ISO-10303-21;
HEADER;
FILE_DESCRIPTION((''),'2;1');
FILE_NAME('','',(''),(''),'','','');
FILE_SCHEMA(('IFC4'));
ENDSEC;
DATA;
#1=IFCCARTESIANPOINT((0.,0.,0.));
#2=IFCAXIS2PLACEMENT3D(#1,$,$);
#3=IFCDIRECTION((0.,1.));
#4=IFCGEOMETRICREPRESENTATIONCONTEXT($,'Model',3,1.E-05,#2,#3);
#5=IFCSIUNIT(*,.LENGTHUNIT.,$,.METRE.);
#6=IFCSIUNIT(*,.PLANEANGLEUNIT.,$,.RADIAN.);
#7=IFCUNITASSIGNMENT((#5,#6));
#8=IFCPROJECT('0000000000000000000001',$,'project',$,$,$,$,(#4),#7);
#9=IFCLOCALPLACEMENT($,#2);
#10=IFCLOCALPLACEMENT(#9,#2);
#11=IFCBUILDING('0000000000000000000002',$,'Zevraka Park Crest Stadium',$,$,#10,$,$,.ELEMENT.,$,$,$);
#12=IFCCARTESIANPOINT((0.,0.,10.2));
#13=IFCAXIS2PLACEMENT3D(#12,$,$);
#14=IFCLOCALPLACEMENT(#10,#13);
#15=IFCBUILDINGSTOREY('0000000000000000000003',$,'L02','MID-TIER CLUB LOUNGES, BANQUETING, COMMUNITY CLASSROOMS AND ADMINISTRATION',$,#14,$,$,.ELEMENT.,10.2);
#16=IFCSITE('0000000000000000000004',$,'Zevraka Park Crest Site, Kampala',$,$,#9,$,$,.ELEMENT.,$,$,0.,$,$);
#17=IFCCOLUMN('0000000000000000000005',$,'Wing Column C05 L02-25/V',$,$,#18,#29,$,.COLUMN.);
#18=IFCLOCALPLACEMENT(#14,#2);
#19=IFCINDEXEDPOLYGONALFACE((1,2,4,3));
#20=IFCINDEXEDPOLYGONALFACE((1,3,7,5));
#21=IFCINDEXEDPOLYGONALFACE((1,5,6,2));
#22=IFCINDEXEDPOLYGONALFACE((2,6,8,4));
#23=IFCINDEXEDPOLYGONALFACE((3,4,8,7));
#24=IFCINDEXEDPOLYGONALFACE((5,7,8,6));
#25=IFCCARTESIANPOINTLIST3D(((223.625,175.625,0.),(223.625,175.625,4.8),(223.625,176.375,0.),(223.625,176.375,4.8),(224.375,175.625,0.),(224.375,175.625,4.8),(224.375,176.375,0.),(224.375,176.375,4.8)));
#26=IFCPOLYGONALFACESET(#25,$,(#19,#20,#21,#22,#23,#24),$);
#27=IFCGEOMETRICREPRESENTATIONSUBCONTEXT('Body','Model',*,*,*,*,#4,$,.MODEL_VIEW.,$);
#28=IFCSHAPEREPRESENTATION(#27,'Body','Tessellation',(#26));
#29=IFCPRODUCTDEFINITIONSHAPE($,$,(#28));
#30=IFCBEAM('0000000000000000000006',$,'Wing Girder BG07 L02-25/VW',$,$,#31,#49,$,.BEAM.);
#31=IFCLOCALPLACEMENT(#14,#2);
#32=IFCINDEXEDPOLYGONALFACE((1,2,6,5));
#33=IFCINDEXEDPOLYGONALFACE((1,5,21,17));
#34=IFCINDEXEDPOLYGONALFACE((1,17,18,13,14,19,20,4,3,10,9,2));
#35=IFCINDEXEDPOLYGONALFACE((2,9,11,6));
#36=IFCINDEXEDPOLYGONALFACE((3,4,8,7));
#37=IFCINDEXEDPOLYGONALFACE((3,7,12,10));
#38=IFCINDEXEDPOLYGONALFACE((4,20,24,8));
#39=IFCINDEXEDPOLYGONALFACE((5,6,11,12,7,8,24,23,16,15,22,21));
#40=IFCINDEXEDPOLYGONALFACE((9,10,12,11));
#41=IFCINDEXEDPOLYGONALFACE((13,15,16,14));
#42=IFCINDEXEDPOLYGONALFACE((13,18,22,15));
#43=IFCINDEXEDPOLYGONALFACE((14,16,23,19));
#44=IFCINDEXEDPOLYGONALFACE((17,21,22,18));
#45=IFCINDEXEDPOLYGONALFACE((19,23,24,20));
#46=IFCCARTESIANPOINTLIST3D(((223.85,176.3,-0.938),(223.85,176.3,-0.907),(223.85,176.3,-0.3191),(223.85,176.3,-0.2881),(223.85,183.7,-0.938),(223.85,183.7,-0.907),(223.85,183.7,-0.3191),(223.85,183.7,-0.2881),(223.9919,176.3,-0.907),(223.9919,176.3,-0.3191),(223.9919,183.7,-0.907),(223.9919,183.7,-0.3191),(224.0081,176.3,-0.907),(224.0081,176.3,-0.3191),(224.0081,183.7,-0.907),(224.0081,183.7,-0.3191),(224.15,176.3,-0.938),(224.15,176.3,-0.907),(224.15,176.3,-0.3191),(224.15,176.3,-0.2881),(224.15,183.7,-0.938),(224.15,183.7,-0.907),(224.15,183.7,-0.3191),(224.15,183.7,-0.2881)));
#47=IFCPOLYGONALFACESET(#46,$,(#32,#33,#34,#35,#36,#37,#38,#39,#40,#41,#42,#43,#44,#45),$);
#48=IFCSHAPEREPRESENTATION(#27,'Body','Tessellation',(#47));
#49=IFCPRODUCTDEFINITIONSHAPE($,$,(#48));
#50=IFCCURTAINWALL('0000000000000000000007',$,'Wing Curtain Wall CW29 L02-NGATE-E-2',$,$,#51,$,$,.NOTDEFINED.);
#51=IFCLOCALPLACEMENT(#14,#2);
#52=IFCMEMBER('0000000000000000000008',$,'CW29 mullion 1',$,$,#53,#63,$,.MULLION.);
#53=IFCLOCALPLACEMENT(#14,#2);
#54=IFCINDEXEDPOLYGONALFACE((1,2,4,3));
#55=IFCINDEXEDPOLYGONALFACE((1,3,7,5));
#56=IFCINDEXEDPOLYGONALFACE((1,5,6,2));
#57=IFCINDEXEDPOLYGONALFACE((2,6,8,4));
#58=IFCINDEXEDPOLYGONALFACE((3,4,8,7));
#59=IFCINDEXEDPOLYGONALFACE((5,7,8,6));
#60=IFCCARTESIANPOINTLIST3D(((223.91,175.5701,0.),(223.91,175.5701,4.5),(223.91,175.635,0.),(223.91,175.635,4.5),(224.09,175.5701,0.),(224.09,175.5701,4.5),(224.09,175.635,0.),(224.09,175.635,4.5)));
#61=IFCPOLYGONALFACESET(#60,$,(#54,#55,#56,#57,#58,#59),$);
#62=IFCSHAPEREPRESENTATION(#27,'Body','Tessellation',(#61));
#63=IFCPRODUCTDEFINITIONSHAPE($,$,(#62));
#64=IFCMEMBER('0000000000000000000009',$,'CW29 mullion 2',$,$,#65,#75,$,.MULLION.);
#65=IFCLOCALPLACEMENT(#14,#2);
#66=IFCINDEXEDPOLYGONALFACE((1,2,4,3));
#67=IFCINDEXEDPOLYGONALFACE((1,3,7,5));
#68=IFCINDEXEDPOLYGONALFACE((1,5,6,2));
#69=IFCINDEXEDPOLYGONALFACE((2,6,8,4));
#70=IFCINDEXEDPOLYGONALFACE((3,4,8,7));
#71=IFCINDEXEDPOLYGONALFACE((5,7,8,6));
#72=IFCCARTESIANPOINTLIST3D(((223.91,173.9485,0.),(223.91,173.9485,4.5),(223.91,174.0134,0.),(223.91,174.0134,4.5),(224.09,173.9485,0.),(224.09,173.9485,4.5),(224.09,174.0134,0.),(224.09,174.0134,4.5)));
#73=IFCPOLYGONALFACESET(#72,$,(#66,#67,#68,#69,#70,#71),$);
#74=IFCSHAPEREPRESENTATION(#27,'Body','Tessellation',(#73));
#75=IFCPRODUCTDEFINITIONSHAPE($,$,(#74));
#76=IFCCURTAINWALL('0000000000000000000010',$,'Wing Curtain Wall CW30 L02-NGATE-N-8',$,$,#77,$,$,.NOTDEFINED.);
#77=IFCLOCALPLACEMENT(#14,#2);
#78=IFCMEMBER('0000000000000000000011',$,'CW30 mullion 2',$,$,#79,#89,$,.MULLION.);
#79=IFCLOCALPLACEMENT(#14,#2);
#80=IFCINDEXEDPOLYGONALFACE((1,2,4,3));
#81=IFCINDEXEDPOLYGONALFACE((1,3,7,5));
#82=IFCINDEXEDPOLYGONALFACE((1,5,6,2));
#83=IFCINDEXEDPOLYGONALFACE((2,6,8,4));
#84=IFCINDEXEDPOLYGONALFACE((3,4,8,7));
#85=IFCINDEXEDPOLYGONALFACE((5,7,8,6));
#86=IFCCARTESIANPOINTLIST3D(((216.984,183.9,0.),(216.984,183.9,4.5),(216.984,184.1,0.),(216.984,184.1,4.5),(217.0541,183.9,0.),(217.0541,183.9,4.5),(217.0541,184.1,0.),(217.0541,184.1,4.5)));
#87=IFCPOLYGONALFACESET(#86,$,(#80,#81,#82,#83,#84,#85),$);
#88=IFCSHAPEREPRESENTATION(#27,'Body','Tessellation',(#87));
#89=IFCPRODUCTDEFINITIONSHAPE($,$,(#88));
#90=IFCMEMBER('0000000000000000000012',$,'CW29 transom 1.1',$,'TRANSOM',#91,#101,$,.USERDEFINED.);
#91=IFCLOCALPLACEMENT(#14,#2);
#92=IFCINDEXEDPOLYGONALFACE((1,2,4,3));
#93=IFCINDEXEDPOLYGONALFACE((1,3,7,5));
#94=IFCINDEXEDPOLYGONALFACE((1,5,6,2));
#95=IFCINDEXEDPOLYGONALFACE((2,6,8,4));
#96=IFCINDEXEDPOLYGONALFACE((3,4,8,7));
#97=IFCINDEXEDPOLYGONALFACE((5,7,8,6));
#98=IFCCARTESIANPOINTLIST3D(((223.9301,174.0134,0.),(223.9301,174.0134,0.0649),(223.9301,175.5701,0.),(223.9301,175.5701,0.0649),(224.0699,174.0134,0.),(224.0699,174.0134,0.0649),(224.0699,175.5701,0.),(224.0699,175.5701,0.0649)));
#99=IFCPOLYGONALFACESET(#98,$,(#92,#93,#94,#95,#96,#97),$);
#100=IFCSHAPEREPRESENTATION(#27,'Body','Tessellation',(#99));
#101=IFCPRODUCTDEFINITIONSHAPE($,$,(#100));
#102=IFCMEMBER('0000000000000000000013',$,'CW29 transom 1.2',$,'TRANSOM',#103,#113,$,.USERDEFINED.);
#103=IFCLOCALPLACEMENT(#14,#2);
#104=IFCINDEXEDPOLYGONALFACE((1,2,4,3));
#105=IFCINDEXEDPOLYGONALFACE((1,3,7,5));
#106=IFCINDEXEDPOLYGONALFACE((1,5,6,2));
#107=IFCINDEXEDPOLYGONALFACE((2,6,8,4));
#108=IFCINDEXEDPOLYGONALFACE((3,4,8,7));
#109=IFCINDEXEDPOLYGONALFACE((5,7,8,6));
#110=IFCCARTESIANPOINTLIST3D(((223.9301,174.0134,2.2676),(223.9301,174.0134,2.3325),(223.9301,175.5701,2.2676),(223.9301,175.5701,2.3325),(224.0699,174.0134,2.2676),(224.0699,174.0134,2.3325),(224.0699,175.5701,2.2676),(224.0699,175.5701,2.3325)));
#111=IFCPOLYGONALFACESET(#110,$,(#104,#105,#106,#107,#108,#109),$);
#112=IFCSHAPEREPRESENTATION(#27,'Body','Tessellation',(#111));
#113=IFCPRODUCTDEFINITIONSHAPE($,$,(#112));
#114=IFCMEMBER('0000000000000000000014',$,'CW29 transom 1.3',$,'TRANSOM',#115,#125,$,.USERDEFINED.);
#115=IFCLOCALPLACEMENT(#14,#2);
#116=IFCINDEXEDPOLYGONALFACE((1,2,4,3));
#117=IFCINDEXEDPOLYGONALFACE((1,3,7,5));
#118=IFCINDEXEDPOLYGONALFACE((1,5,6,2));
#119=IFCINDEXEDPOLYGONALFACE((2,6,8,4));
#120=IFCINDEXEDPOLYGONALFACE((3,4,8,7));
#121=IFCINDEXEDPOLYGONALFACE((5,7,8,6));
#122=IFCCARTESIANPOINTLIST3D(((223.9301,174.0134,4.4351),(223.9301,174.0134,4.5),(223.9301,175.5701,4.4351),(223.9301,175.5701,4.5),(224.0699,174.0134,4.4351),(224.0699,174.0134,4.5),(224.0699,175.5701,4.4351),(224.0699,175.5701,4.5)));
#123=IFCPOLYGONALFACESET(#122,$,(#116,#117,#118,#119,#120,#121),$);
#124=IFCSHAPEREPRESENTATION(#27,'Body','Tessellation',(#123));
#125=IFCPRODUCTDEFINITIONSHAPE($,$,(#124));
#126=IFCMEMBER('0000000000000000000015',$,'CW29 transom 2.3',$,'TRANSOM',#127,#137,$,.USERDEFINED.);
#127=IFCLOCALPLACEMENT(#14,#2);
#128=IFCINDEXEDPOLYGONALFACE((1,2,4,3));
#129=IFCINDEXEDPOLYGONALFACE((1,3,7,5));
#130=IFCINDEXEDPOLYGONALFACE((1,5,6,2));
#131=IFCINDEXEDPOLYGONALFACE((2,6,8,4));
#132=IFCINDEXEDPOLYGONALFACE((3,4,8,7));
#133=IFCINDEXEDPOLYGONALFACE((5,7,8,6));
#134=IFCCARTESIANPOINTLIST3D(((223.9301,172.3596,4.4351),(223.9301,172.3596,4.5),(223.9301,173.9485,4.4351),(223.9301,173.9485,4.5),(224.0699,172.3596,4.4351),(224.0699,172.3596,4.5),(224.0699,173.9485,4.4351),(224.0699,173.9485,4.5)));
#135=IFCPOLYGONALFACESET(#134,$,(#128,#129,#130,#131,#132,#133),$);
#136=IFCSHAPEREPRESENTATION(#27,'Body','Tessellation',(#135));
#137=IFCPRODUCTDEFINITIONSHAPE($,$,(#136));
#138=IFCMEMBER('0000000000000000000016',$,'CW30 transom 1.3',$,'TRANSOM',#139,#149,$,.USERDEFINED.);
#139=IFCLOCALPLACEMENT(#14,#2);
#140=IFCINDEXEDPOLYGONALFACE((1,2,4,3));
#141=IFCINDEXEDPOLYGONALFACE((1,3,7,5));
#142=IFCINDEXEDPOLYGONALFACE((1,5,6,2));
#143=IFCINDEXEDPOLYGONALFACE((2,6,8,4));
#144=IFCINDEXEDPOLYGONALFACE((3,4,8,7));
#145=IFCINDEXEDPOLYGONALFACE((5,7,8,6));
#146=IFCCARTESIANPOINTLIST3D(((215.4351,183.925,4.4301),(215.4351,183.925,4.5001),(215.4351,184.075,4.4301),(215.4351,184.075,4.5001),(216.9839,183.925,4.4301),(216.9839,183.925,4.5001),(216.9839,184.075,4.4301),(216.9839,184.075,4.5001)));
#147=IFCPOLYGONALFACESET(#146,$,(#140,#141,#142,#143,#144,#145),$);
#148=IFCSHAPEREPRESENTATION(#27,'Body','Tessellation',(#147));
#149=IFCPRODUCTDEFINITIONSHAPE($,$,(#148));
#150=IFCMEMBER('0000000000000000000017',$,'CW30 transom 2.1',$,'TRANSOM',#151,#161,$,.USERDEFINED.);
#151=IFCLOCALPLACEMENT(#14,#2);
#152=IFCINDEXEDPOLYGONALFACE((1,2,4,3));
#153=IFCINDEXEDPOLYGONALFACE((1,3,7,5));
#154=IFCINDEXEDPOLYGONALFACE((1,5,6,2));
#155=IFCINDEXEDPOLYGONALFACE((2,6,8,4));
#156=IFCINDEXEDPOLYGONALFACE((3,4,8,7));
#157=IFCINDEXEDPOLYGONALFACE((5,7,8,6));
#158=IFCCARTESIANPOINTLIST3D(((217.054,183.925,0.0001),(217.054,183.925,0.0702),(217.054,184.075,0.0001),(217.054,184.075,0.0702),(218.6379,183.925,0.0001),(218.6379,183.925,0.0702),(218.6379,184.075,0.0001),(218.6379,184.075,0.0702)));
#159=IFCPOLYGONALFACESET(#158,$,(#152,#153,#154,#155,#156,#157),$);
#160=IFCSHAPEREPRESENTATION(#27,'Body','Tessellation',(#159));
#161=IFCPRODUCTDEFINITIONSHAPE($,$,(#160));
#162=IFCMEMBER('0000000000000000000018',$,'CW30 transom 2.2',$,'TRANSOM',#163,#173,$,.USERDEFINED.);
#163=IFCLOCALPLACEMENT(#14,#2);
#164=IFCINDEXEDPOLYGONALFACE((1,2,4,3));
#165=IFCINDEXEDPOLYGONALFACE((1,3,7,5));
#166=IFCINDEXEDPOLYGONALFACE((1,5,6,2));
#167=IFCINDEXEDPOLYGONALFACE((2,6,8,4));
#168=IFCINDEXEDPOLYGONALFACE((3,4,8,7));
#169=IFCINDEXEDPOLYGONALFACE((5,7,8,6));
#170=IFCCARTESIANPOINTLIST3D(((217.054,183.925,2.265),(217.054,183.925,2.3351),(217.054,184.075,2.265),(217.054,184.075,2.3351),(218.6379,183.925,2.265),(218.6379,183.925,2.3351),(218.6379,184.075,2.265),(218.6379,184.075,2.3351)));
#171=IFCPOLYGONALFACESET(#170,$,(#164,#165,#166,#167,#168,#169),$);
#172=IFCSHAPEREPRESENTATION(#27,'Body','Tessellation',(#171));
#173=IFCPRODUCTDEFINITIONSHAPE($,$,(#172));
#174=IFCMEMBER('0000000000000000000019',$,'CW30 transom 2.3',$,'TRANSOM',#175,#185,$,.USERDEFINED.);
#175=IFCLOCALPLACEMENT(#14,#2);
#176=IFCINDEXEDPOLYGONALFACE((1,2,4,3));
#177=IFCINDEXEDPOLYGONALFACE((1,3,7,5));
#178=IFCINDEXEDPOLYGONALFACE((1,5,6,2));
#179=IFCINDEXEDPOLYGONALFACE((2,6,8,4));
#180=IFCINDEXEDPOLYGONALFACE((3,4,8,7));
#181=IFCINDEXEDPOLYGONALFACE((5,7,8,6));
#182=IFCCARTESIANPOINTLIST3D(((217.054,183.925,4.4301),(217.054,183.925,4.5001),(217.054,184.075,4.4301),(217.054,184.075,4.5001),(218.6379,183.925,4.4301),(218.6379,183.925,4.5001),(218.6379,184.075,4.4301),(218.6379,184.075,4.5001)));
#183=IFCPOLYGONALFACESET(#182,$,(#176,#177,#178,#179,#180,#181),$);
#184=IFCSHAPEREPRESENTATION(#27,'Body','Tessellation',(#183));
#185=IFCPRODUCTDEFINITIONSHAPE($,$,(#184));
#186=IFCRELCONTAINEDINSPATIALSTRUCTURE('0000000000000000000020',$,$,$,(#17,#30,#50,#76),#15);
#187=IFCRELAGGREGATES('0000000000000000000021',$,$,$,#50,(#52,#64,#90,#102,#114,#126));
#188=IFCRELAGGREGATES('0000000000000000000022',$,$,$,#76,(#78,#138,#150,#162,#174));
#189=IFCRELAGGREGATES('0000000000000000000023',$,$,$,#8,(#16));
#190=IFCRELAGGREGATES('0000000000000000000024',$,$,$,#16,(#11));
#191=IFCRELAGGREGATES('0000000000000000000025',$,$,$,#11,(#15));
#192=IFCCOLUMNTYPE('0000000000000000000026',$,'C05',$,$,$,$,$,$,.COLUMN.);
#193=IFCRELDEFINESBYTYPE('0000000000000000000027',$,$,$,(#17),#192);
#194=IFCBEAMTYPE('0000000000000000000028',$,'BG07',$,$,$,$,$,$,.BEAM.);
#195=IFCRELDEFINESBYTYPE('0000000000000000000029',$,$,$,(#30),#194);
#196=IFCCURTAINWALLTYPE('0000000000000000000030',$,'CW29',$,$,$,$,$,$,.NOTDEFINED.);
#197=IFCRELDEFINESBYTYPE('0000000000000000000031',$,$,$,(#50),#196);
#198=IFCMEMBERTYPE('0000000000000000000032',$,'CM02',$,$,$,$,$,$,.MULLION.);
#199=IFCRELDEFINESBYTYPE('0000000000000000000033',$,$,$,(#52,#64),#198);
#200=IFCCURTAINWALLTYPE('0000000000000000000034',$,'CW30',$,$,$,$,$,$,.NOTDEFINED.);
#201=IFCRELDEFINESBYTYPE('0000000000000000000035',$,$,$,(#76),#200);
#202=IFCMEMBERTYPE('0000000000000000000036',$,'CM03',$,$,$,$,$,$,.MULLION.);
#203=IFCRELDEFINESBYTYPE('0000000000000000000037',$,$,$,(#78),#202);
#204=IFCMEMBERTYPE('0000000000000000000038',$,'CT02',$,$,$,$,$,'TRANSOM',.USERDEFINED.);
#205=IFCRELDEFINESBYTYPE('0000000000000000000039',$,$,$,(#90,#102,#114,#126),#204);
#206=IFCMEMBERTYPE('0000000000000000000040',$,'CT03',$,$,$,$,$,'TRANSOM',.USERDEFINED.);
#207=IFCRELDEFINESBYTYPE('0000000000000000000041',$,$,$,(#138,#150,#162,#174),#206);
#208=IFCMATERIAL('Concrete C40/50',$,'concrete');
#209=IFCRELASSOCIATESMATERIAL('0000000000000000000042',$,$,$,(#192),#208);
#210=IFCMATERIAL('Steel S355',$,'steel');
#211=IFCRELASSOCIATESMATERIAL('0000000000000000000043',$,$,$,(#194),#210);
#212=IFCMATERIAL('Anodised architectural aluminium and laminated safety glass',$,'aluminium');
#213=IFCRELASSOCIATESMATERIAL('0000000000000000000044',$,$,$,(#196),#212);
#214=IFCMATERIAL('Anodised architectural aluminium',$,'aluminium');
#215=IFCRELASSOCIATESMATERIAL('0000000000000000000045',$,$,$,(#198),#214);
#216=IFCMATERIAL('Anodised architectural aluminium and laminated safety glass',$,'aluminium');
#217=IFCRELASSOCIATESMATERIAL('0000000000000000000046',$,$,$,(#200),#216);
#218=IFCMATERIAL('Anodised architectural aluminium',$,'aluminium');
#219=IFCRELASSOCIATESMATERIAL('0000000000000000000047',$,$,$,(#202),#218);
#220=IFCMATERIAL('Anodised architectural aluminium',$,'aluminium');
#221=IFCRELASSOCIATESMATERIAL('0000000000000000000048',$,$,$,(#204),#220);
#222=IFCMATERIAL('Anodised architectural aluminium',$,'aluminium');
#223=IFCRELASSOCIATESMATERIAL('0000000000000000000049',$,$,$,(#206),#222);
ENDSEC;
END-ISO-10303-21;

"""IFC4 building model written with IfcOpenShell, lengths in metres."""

from ifc_helpers import new_model, si_unit, direction, frame, origin, origin_2d, place, context, subcontext, project, spatial, rectangle, i_section, extrude, material, material_profile, profile_set, type_object, element, aggregate, save


model = new_model("IFC4")

# Units and contexts
model_context = context("Model", 3, precision=1e-05, world=origin(), true_north=direction((0.0, 1.0)))
body_context = subcontext(model_context, "Body", "Model", "MODEL_VIEW")
ifc_project = project(units=[si_unit("LENGTHUNIT", "METRE"), si_unit("PLANEANGLEUNIT", "RADIAN")], contexts=[model_context])

# Site, building, storey
site_placement = place(None, origin())
site = spatial("IfcSite", under=ifc_project, at=site_placement, Name="Zevraka Park Crest Site, Kampala", CompositionType="ELEMENT", RefElevation=0.0)
building_placement = place(site_placement, origin())
building = spatial("IfcBuilding", under=site, at=building_placement, Name="Zevraka Park Crest Stadium", CompositionType="ELEMENT")
storey_placement = place(building_placement, frame((0.0, 0.0, 10.2)))
storey = spatial("IfcBuildingStorey", under=building, at=storey_placement, Name="L02", Description="MID-TIER CLUB LOUNGES, BANQUETING, COMMUNITY CLASSROOMS AND ADMINISTRATION", CompositionType="ELEMENT", Elevation=10.2)

# Column
ifc_material_1 = material(Name="Concrete C40/50", Category="concrete")
ifc_material_profile_1 = material_profile(ifc_material_1, rectangle(XDim=0.75, YDim=0.75, at=origin_2d()), Name="RC 750x750")
ifc_profile_set_1 = profile_set([ifc_material_profile_1], Name="Concrete C40/50")
column_type = type_object("IfcColumnType", Name="C05", PredefinedType="COLUMN", material=ifc_profile_set_1)
column_placement = place(storey_placement, frame((224.0, 176.0, 0.0), z_axis=(0.0, 0.0, 1.0), x_axis=(1.0, 0.0, 0.0)))
element("IfcColumn", 1, at=column_placement, inside=storey, type_object=column_type, Name="Wing Column C05 L02-25/V", PredefinedType="COLUMN", context=body_context, shape_type="SweptSolid", body=[
    extrude(rectangle(XDim=0.75, YDim=0.75, at=origin_2d()), origin(), (0.0, 0.0, 1.0), 4.8),
])

# Beam
ifc_material_2 = material(Name="Steel S355", Category="steel")
ifc_material_profile_2 = material_profile(ifc_material_2, i_section(OverallWidth=0.3, OverallDepth=0.6499, WebThickness=0.0161, FlangeThickness=0.031, at=origin_2d()), Name="HEB 650")
ifc_profile_set_2 = profile_set([ifc_material_profile_2], Name="Steel S355")
beam_type = type_object("IfcBeamType", Name="BG07", PredefinedType="BEAM", material=ifc_profile_set_2)
beam_placement = place(storey_placement, frame((224.0, 176.3, -0.613), z_axis=(0.0, 1.0, 0.0), x_axis=(-1.0, 0.0, 0.0)))
element("IfcBeam", 2, at=beam_placement, inside=storey, type_object=beam_type, Name="Wing Girder BG07 L02-25/VW", PredefinedType="BEAM", context=body_context, shape_type="SweptSolid", body=[
    extrude(i_section(OverallWidth=0.3, OverallDepth=0.6499, WebThickness=0.0161, FlangeThickness=0.031, at=origin_2d()), origin(), (0.0, 0.0, 1.0), 7.3999),
])

# Curtain wall, members
ifc_material_3 = material(Name="Anodised architectural aluminium and laminated safety glass", Category="aluminium")
curtain_wall_type_1 = type_object("IfcCurtainWallType", Name="CW29", PredefinedType="NOTDEFINED", material=ifc_material_3)
curtain_wall_1_placement = place(storey_placement, origin())
curtain_wall_1 = element("IfcCurtainWall", 3, at=curtain_wall_1_placement, inside=storey, type_object=curtain_wall_type_1, Name="Wing Curtain Wall CW29 L02-NGATE-E-2", PredefinedType="NOTDEFINED")
ifc_material_4 = material(Name="Anodised architectural aluminium", Category="aluminium")
ifc_material_profile_3 = material_profile(ifc_material_4, rectangle(XDim=0.1799, YDim=0.0649, at=origin_2d()), Name="ALU MULLION 180x65")
ifc_profile_set_3 = profile_set([ifc_material_profile_3], Name="Anodised architectural aluminium")
member_type_1 = type_object("IfcMemberType", Name="CM02", PredefinedType="MULLION", material=ifc_profile_set_3)
member_1_placement = place(storey_placement, frame((224.0, 175.6025, 0.0), z_axis=(0.0, 0.0, 1.0), x_axis=(1.0, 0.0, 0.0)))
member_1 = element("IfcMember", 4, at=member_1_placement, type_object=member_type_1, Name="CW29 mullion 1", PredefinedType="MULLION", context=body_context, shape_type="SweptSolid", body=[
    extrude(rectangle(XDim=0.1799, YDim=0.0649, at=origin_2d()), origin(), (0.0, 0.0, 1.0), 4.5),
])
member_2_placement = place(storey_placement, frame((224.0, 173.981, 0.0), z_axis=(0.0, 0.0, 1.0), x_axis=(1.0, 0.0, 0.0)))
member_2 = element("IfcMember", 5, at=member_2_placement, type_object=member_type_1, Name="CW29 mullion 2", PredefinedType="MULLION", context=body_context, shape_type="SweptSolid", body=[
    extrude(rectangle(XDim=0.1799, YDim=0.0649, at=origin_2d()), origin(), (0.0, 0.0, 1.0), 4.5),
])

# Curtain wall, member
ifc_material_5 = material(Name="Anodised architectural aluminium and laminated safety glass", Category="aluminium")
curtain_wall_type_2 = type_object("IfcCurtainWallType", Name="CW30", PredefinedType="NOTDEFINED", material=ifc_material_5)
curtain_wall_2_placement = place(storey_placement, origin())
curtain_wall_2 = element("IfcCurtainWall", 6, at=curtain_wall_2_placement, inside=storey, type_object=curtain_wall_type_2, Name="Wing Curtain Wall CW30 L02-NGATE-N-8", PredefinedType="NOTDEFINED")
ifc_material_6 = material(Name="Anodised architectural aluminium", Category="aluminium")
ifc_material_profile_4 = material_profile(ifc_material_6, rectangle(XDim=0.2, YDim=0.0701, at=origin_2d()), Name="ALU MULLION 200x70")
ifc_profile_set_4 = profile_set([ifc_material_profile_4], Name="Anodised architectural aluminium")
member_type_2 = type_object("IfcMemberType", Name="CM03", PredefinedType="MULLION", material=ifc_profile_set_4)
member_3_placement = place(storey_placement, frame((217.019, 184.0, 0.0), z_axis=(0.0, 0.0, 1.0), x_axis=(0.0, 1.0, 0.0)))
member_3 = element("IfcMember", 7, at=member_3_placement, type_object=member_type_2, Name="CW30 mullion 2", PredefinedType="MULLION", context=body_context, shape_type="SweptSolid", body=[
    extrude(rectangle(XDim=0.2, YDim=0.0701, at=origin_2d()), origin(), (0.0, 0.0, 1.0), 4.5),
])

# Members
ifc_material_7 = material(Name="Anodised architectural aluminium", Category="aluminium")
ifc_material_profile_5 = material_profile(ifc_material_7, rectangle(XDim=0.1399, YDim=0.0649, at=origin_2d()), Name="ALU TRANSOM 140x65")
ifc_profile_set_5 = profile_set([ifc_material_profile_5], Name="Anodised architectural aluminium")
member_type_3 = type_object("IfcMemberType", Name="CT02", ElementType="TRANSOM", PredefinedType="USERDEFINED", material=ifc_profile_set_5)
member_4_placement = place(storey_placement, frame((224.0, 175.5701, 0.0325), z_axis=(0.0, -1.0, 0.0), x_axis=(1.0, 0.0, 0.0)))
member_4 = element("IfcMember", 8, at=member_4_placement, type_object=member_type_3, Name="CW29 transom 1.1", ObjectType="TRANSOM", PredefinedType="USERDEFINED", context=body_context, shape_type="SweptSolid", body=[
    extrude(rectangle(XDim=0.1399, YDim=0.0649, at=origin_2d()), origin(), (0.0, 0.0, 1.0), 1.5566),
])
member_5_placement = place(storey_placement, frame((224.0, 175.5701, 2.3), z_axis=(0.0, -1.0, 0.0), x_axis=(1.0, 0.0, 0.0)))
member_5 = element("IfcMember", 9, at=member_5_placement, type_object=member_type_3, Name="CW29 transom 1.2", ObjectType="TRANSOM", PredefinedType="USERDEFINED", context=body_context, shape_type="SweptSolid", body=[
    extrude(rectangle(XDim=0.1399, YDim=0.0649, at=origin_2d()), origin(), (0.0, 0.0, 1.0), 1.5566),
])
member_6_placement = place(storey_placement, frame((224.0, 175.5701, 4.4675), z_axis=(0.0, -1.0, 0.0), x_axis=(1.0, 0.0, 0.0)))
member_6 = element("IfcMember", 10, at=member_6_placement, type_object=member_type_3, Name="CW29 transom 1.3", ObjectType="TRANSOM", PredefinedType="USERDEFINED", context=body_context, shape_type="SweptSolid", body=[
    extrude(rectangle(XDim=0.1399, YDim=0.0649, at=origin_2d()), origin(), (0.0, 0.0, 1.0), 1.5566),
])
member_7_placement = place(storey_placement, frame((224.0, 173.9485, 4.4675), z_axis=(0.0, -1.0, 0.0), x_axis=(1.0, 0.0, 0.0)))
member_7 = element("IfcMember", 11, at=member_7_placement, type_object=member_type_3, Name="CW29 transom 2.3", ObjectType="TRANSOM", PredefinedType="USERDEFINED", context=body_context, shape_type="SweptSolid", body=[
    extrude(rectangle(XDim=0.1399, YDim=0.0649, at=origin_2d()), origin(), (0.0, 0.0, 1.0), 1.5889),
])
ifc_material_8 = material(Name="Anodised architectural aluminium", Category="aluminium")
ifc_material_profile_6 = material_profile(ifc_material_8, rectangle(XDim=0.1499, YDim=0.0701, at=origin_2d()), Name="ALU TRANSOM 150x70")
ifc_profile_set_6 = profile_set([ifc_material_profile_6], Name="Anodised architectural aluminium")
member_type_4 = type_object("IfcMemberType", Name="CT03", ElementType="TRANSOM", PredefinedType="USERDEFINED", material=ifc_profile_set_6)
member_8_placement = place(storey_placement, frame((215.4351, 184.0, 4.4651), z_axis=(1.0, 0.0, 0.0), x_axis=(0.0, 1.0, 0.0)))
member_8 = element("IfcMember", 12, at=member_8_placement, type_object=member_type_4, Name="CW30 transom 1.3", ObjectType="TRANSOM", PredefinedType="USERDEFINED", context=body_context, shape_type="SweptSolid", body=[
    extrude(rectangle(XDim=0.1499, YDim=0.0701, at=origin_2d()), origin(), (0.0, 0.0, 1.0), 1.5488),
])
member_9_placement = place(storey_placement, frame((217.054, 184.0, 0.0352), z_axis=(1.0, 0.0, 0.0), x_axis=(0.0, 1.0, 0.0)))
member_9 = element("IfcMember", 13, at=member_9_placement, type_object=member_type_4, Name="CW30 transom 2.1", ObjectType="TRANSOM", PredefinedType="USERDEFINED", context=body_context, shape_type="SweptSolid", body=[
    extrude(rectangle(XDim=0.1499, YDim=0.0701, at=origin_2d()), origin(), (0.0, 0.0, 1.0), 1.584),
])
member_10_placement = place(storey_placement, frame((217.054, 184.0, 2.3), z_axis=(1.0, 0.0, 0.0), x_axis=(0.0, 1.0, 0.0)))
member_10 = element("IfcMember", 14, at=member_10_placement, type_object=member_type_4, Name="CW30 transom 2.2", ObjectType="TRANSOM", PredefinedType="USERDEFINED", context=body_context, shape_type="SweptSolid", body=[
    extrude(rectangle(XDim=0.1499, YDim=0.0701, at=origin_2d()), origin(), (0.0, 0.0, 1.0), 1.584),
])
member_11_placement = place(storey_placement, frame((217.054, 184.0, 4.4651), z_axis=(1.0, 0.0, 0.0), x_axis=(0.0, 1.0, 0.0)))
member_11 = element("IfcMember", 15, at=member_11_placement, type_object=member_type_4, Name="CW30 transom 2.3", ObjectType="TRANSOM", PredefinedType="USERDEFINED", context=body_context, shape_type="SweptSolid", body=[
    extrude(rectangle(XDim=0.1499, YDim=0.0701, at=origin_2d()), origin(), (0.0, 0.0, 1.0), 1.584),
])

aggregate(curtain_wall_1, [member_1, member_2, member_4, member_5, member_6, member_7])
aggregate(curtain_wall_2, [member_3, member_8, member_9, member_10, member_11])

save(model, "model.ifc")
